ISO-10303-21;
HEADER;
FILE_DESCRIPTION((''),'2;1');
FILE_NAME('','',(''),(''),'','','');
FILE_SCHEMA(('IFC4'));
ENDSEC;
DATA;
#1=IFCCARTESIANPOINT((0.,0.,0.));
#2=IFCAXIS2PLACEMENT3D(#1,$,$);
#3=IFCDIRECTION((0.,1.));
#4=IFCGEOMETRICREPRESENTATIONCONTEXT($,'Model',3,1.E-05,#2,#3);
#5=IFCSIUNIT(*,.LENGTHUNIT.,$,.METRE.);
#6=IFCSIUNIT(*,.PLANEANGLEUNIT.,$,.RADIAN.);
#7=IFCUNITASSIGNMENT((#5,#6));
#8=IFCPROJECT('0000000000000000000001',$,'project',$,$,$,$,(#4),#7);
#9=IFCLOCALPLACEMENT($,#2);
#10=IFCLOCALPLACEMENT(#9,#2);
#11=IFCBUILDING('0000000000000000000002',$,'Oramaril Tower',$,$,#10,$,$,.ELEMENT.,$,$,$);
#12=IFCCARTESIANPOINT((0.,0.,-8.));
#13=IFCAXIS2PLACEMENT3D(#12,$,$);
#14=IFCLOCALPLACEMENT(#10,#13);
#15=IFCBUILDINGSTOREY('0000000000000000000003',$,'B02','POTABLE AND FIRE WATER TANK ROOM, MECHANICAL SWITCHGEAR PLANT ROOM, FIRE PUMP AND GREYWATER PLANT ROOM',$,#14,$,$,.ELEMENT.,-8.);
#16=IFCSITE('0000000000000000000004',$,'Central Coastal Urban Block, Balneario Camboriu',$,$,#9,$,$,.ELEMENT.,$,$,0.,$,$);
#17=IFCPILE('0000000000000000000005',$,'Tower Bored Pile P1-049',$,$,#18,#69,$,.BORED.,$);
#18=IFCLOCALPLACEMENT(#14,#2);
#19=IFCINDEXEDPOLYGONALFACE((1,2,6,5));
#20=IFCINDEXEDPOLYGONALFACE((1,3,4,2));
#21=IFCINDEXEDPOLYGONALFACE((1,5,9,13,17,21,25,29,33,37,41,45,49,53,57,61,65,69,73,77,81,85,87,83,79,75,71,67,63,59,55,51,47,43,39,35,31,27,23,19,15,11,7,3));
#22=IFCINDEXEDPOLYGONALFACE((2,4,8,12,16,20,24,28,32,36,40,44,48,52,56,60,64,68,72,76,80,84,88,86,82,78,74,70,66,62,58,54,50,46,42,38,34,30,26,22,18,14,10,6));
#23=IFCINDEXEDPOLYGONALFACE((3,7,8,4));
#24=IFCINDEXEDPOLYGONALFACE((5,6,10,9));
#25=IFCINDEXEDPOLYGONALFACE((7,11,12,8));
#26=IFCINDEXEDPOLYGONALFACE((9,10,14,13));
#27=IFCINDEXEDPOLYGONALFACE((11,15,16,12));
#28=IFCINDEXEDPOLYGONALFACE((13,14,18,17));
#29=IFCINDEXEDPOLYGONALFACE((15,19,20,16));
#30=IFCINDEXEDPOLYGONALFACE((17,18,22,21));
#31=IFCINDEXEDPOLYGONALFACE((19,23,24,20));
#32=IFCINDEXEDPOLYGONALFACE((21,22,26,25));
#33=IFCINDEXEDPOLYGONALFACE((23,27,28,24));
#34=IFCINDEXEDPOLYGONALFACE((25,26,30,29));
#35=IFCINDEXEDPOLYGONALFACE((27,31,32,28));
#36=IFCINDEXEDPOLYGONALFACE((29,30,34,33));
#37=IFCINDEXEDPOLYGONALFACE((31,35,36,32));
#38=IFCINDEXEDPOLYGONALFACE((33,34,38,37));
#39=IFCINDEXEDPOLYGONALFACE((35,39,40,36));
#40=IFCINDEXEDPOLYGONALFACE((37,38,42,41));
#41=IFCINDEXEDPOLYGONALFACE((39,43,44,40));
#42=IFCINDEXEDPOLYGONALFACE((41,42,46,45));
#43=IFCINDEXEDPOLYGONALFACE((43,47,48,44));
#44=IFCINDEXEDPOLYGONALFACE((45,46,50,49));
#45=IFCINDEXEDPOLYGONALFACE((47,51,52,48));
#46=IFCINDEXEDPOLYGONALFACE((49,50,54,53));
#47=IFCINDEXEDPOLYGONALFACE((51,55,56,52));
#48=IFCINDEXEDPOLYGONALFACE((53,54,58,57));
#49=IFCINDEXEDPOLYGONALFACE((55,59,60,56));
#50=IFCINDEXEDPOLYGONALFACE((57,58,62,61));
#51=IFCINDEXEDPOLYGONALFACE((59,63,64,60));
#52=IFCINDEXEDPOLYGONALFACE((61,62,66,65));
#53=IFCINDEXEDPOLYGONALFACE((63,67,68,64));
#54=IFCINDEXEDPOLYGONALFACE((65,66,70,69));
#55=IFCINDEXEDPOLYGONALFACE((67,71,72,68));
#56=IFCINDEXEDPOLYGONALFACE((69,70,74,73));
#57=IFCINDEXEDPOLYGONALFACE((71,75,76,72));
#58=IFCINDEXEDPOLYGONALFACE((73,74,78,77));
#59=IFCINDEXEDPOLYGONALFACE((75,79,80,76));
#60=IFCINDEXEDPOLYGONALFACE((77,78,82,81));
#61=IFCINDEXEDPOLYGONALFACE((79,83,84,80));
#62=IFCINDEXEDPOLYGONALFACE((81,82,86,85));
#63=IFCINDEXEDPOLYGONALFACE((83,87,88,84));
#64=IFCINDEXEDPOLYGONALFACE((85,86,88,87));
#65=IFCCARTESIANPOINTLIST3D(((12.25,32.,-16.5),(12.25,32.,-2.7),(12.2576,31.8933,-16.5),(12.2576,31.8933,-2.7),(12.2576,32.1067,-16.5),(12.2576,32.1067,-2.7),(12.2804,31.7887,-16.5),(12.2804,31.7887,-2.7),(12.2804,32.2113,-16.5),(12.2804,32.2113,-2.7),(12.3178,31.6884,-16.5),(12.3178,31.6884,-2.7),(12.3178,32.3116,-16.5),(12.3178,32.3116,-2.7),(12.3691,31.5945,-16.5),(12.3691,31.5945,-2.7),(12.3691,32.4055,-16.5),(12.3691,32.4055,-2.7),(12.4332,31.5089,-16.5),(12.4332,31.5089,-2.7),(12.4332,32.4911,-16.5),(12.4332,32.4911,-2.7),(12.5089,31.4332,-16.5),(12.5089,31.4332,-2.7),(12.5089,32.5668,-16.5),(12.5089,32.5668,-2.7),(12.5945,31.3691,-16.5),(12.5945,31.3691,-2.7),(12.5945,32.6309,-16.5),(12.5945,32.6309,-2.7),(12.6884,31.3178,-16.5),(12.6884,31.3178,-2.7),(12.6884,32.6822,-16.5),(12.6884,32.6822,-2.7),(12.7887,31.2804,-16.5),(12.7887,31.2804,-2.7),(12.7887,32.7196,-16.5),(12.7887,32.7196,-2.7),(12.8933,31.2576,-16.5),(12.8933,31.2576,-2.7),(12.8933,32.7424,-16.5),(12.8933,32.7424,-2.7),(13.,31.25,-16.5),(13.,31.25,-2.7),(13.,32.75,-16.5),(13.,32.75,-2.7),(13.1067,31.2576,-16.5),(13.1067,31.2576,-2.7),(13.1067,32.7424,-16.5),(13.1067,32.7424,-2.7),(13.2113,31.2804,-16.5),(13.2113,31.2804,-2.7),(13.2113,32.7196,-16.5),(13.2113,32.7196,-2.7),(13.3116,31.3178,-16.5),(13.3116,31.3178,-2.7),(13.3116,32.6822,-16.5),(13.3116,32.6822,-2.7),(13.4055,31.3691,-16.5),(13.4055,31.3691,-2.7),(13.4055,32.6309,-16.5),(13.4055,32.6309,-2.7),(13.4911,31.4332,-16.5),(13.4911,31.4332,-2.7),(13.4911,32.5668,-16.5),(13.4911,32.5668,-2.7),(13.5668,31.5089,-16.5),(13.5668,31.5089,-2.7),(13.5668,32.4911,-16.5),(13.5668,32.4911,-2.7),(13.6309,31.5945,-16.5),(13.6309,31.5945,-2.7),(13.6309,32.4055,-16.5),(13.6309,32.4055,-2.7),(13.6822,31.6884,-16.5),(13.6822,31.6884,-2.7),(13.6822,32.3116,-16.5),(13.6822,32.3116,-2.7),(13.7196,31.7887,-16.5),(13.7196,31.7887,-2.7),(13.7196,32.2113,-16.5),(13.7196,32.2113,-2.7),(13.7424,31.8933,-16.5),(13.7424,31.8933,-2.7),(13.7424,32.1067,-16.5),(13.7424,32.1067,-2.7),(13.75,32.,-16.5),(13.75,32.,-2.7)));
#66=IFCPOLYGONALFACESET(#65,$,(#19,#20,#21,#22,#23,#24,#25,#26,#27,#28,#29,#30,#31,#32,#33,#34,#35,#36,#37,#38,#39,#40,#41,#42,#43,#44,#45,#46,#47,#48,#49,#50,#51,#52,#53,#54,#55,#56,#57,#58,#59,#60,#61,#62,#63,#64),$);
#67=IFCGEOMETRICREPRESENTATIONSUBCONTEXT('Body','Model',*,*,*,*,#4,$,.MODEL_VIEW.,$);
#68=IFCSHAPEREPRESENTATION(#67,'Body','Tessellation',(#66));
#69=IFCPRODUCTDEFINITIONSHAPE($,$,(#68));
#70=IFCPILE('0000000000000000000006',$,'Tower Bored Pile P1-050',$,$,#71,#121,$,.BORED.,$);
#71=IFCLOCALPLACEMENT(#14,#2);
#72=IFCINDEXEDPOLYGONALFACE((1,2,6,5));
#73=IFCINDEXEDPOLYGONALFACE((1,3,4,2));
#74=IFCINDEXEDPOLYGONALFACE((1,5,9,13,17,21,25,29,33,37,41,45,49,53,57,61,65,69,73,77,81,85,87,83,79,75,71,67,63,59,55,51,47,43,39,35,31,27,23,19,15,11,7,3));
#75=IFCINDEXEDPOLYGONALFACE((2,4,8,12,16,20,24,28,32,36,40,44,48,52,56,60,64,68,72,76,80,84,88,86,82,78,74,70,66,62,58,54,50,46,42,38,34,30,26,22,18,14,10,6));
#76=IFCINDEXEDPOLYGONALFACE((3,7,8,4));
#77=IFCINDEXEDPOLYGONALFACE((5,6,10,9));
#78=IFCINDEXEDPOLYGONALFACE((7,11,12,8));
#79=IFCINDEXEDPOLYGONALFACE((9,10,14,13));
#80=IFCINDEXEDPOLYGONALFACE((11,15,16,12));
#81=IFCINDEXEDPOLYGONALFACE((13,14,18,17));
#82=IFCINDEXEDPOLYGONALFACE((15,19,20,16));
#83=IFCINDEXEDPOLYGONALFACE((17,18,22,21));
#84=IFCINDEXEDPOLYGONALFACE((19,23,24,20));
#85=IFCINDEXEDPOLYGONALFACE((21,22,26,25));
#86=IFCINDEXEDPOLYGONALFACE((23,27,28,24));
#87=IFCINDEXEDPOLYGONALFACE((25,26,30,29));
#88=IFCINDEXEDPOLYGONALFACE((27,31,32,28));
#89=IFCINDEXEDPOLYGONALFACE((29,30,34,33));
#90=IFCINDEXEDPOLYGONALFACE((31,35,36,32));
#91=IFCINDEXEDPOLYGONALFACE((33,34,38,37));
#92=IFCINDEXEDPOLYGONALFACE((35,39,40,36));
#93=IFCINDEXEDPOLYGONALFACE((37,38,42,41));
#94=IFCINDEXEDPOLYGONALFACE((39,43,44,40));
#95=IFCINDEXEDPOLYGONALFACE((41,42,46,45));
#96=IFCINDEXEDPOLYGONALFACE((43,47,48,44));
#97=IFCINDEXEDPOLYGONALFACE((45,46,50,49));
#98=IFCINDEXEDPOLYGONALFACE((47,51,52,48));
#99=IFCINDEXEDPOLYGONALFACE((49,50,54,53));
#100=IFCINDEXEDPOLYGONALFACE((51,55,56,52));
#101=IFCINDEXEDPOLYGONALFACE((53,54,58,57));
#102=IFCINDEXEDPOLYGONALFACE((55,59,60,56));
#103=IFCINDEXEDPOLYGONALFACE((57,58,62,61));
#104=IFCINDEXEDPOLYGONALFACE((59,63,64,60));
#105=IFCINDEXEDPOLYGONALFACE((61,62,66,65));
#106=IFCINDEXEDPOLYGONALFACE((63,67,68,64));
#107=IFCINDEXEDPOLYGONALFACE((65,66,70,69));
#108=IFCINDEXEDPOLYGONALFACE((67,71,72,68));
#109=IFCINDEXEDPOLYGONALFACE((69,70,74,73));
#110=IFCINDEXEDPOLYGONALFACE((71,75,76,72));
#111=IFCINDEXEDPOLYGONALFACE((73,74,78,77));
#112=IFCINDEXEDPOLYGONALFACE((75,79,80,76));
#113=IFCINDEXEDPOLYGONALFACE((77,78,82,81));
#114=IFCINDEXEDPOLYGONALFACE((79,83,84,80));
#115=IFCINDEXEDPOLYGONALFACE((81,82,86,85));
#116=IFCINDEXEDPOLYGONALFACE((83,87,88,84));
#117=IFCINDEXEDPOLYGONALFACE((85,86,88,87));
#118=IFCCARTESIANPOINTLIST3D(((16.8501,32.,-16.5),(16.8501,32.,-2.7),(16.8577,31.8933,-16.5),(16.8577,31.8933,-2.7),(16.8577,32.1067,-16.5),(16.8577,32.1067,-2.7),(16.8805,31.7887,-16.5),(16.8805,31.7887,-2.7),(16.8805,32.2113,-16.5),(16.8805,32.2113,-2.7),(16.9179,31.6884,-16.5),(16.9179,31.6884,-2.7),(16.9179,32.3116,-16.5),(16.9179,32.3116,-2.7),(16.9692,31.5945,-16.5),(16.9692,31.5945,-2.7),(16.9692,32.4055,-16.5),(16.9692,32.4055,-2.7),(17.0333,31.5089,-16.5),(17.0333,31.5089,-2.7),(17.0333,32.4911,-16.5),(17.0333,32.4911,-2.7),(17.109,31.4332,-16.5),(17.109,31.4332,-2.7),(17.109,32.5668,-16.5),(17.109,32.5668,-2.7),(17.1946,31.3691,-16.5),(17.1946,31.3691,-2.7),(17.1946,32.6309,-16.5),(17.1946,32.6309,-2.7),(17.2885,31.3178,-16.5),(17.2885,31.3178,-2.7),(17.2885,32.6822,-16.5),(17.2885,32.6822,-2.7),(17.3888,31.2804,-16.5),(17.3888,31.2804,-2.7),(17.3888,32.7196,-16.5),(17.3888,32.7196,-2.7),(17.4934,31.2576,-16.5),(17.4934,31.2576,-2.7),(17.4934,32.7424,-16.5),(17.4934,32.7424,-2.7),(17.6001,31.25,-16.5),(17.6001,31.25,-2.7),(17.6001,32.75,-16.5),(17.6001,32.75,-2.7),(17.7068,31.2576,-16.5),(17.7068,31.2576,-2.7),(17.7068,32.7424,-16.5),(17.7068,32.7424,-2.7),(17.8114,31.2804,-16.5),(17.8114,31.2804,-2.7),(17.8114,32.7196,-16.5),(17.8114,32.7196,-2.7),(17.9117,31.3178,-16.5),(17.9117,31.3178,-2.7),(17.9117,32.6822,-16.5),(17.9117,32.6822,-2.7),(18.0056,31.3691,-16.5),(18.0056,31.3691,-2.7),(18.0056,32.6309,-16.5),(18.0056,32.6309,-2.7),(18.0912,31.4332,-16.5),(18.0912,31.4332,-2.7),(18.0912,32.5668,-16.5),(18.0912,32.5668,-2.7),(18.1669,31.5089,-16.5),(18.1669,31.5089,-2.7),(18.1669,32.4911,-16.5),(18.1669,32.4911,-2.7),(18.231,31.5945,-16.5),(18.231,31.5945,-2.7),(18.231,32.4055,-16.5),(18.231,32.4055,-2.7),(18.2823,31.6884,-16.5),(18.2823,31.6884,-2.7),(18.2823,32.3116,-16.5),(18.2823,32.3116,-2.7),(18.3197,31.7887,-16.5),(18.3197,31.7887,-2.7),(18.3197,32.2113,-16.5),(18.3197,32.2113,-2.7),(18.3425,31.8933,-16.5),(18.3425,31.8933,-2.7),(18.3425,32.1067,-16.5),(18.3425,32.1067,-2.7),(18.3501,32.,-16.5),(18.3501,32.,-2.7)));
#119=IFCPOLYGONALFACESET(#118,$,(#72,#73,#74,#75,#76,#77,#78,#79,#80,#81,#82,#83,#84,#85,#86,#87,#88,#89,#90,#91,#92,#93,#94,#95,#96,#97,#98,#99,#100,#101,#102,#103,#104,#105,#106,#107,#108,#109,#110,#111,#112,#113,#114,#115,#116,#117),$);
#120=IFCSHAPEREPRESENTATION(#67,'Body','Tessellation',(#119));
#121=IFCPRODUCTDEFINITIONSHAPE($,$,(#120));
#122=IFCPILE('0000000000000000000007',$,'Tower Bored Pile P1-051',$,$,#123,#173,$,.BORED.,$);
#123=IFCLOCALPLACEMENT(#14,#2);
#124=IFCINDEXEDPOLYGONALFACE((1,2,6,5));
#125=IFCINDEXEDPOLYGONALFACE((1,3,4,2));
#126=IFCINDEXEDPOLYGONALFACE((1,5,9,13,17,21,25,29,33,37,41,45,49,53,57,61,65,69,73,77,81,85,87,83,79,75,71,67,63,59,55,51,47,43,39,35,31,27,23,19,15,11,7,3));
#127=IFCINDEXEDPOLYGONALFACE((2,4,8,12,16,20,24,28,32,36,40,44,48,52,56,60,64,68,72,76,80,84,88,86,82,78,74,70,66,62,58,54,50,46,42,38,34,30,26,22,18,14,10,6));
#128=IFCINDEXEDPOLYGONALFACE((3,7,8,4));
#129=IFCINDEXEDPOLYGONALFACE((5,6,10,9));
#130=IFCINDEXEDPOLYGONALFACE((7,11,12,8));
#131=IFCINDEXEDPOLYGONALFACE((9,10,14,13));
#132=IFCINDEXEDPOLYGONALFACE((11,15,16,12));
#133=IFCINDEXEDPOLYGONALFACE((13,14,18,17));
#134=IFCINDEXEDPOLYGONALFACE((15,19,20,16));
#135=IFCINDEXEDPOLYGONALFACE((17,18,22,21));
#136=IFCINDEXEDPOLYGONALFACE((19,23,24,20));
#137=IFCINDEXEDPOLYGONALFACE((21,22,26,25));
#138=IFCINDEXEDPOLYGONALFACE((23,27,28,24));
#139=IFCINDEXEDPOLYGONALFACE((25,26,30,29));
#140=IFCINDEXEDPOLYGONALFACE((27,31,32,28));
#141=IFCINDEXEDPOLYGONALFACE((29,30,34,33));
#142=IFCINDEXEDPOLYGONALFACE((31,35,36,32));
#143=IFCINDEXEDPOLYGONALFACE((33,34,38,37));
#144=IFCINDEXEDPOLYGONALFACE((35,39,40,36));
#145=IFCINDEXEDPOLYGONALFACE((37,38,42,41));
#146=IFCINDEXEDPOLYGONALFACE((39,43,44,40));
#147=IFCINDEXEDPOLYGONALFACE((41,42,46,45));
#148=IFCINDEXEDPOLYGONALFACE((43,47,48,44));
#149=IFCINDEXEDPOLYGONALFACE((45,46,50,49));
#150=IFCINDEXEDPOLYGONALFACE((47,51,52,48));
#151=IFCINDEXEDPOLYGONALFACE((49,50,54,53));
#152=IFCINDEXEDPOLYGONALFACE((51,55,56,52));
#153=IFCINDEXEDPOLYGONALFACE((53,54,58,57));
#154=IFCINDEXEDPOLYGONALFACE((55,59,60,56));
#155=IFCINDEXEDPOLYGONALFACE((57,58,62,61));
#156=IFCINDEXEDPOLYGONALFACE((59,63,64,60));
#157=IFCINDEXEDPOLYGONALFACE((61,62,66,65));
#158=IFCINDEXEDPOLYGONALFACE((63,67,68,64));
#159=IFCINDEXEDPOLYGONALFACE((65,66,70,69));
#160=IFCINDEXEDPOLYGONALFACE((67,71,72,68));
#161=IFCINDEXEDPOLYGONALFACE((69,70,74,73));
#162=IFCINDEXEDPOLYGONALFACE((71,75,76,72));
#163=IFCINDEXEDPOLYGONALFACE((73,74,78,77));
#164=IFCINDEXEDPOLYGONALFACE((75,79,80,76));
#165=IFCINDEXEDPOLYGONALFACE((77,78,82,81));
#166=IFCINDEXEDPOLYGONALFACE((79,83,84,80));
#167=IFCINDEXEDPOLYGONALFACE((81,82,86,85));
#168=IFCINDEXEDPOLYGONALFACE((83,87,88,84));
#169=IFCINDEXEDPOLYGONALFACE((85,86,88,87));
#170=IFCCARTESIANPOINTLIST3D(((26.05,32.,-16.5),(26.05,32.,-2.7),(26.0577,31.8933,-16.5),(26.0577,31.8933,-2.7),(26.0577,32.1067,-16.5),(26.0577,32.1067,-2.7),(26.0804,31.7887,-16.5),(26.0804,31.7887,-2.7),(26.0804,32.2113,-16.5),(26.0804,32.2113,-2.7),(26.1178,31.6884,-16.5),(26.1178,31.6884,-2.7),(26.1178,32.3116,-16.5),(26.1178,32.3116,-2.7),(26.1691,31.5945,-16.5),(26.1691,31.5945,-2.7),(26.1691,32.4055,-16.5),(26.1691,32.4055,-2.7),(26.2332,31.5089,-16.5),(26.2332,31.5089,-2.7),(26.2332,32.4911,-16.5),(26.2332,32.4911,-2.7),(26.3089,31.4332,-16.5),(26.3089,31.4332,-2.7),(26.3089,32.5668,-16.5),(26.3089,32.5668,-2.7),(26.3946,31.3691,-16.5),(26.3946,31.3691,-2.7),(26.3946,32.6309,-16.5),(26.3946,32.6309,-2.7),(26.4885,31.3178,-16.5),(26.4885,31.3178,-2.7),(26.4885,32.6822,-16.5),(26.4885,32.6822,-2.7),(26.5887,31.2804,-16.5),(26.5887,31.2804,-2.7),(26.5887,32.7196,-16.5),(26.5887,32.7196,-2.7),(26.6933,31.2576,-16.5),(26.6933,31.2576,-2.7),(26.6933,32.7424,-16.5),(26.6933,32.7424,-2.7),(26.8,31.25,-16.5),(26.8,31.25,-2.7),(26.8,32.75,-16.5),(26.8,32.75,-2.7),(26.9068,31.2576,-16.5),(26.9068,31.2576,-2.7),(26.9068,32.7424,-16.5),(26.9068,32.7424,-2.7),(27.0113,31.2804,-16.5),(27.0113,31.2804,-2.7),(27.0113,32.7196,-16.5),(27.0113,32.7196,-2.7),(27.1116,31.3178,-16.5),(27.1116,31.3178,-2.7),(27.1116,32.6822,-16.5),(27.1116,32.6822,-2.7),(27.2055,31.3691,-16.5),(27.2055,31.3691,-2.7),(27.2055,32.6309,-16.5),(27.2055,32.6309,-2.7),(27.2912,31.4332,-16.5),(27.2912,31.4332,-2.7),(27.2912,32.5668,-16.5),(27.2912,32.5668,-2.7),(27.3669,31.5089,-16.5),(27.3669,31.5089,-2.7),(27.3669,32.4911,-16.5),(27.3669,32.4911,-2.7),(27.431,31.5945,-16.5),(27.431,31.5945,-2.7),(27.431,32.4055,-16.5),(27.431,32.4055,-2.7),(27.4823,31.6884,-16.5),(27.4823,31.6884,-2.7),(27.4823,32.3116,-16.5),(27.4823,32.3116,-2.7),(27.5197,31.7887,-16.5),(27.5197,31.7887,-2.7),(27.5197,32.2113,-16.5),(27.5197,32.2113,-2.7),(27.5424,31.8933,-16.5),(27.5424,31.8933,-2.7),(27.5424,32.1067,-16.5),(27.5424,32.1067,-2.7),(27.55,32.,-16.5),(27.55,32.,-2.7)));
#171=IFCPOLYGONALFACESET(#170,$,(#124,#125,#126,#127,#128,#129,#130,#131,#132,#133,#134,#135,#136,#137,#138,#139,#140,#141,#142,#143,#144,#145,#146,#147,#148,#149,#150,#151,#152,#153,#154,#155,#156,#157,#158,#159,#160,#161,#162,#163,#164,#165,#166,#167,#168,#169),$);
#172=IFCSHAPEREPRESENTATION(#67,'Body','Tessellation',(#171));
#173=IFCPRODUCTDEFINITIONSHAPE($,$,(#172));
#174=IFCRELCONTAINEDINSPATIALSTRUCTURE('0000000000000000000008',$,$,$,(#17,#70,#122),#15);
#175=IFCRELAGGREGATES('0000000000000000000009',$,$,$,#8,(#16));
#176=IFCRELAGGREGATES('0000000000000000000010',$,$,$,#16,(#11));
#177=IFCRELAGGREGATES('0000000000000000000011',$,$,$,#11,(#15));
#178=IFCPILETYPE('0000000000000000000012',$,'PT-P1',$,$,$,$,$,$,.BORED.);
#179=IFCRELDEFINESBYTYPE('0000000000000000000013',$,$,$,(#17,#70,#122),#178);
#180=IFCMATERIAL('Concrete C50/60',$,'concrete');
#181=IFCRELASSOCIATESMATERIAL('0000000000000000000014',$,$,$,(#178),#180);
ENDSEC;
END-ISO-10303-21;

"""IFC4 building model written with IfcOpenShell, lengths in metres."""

from ifc_helpers import new_model, si_unit, direction, frame, origin, origin_2d, place, context, subcontext, project, spatial, circle, extrude, material, material_profile, profile_set, type_object, element, save


model = new_model("IFC4")

# Units and contexts
model_context = context("Model", 3, precision=1e-05, world=origin(), true_north=direction((0.0, 1.0)))
body_context = subcontext(model_context, "Body", "Model", "MODEL_VIEW")
ifc_project = project(units=[si_unit("LENGTHUNIT", "METRE"), si_unit("PLANEANGLEUNIT", "RADIAN")], contexts=[model_context])

# Site, building, storey
site_placement = place(None, origin())
site = spatial("IfcSite", under=ifc_project, at=site_placement, Name="Central Coastal Urban Block, Balneario Camboriu", CompositionType="ELEMENT", RefElevation=0.0)
building_placement = place(site_placement, origin())
building = spatial("IfcBuilding", under=site, at=building_placement, Name="Oramaril Tower", CompositionType="ELEMENT")
storey_placement = place(building_placement, frame((0.0, 0.0, -8.0)))
storey = spatial("IfcBuildingStorey", under=building, at=storey_placement, Name="B02", Description="POTABLE AND FIRE WATER TANK ROOM, MECHANICAL SWITCHGEAR PLANT ROOM, FIRE PUMP AND GREYWATER PLANT ROOM", CompositionType="ELEMENT", Elevation=-8.0)

# Piles
ifc_material_1 = material(Name="Concrete C50/60", Category="concrete")
ifc_material_profile_1 = material_profile(ifc_material_1, circle(Radius=0.75, at=origin_2d()), Name="D1500")
ifc_profile_set_1 = profile_set([ifc_material_profile_1], Name="Concrete C50/60")
pile_type = type_object("IfcPileType", Name="PT-P1", PredefinedType="BORED", material=ifc_profile_set_1)
for number, where, z_axis, x_axis, name in (
    (1, (13.0, 32.0, -2.7), (0.0, 0.0, -1.0), (1.0, 0.0, 0.0), "Tower Bored Pile P1-049"),
    (2, (17.6001, 32.0, -2.7), (0.0, 0.0, -1.0), (1.0, 0.0, 0.0), "Tower Bored Pile P1-050"),
    (3, (26.8, 32.0, -2.7), (0.0, 0.0, -1.0), (1.0, 0.0, 0.0), "Tower Bored Pile P1-051"),
):
    element("IfcPile", number, at=place(storey_placement, frame(where, z_axis=z_axis, x_axis=x_axis)), inside=storey, type_object=pile_type, Name=name, PredefinedType="BORED", context=body_context, shape_type="SweptSolid", body=[
        extrude(circle(Radius=0.75, at=origin_2d()), origin(), (0.0, 0.0, 1.0), 13.8),
    ])

save(model, "model.ifc")
